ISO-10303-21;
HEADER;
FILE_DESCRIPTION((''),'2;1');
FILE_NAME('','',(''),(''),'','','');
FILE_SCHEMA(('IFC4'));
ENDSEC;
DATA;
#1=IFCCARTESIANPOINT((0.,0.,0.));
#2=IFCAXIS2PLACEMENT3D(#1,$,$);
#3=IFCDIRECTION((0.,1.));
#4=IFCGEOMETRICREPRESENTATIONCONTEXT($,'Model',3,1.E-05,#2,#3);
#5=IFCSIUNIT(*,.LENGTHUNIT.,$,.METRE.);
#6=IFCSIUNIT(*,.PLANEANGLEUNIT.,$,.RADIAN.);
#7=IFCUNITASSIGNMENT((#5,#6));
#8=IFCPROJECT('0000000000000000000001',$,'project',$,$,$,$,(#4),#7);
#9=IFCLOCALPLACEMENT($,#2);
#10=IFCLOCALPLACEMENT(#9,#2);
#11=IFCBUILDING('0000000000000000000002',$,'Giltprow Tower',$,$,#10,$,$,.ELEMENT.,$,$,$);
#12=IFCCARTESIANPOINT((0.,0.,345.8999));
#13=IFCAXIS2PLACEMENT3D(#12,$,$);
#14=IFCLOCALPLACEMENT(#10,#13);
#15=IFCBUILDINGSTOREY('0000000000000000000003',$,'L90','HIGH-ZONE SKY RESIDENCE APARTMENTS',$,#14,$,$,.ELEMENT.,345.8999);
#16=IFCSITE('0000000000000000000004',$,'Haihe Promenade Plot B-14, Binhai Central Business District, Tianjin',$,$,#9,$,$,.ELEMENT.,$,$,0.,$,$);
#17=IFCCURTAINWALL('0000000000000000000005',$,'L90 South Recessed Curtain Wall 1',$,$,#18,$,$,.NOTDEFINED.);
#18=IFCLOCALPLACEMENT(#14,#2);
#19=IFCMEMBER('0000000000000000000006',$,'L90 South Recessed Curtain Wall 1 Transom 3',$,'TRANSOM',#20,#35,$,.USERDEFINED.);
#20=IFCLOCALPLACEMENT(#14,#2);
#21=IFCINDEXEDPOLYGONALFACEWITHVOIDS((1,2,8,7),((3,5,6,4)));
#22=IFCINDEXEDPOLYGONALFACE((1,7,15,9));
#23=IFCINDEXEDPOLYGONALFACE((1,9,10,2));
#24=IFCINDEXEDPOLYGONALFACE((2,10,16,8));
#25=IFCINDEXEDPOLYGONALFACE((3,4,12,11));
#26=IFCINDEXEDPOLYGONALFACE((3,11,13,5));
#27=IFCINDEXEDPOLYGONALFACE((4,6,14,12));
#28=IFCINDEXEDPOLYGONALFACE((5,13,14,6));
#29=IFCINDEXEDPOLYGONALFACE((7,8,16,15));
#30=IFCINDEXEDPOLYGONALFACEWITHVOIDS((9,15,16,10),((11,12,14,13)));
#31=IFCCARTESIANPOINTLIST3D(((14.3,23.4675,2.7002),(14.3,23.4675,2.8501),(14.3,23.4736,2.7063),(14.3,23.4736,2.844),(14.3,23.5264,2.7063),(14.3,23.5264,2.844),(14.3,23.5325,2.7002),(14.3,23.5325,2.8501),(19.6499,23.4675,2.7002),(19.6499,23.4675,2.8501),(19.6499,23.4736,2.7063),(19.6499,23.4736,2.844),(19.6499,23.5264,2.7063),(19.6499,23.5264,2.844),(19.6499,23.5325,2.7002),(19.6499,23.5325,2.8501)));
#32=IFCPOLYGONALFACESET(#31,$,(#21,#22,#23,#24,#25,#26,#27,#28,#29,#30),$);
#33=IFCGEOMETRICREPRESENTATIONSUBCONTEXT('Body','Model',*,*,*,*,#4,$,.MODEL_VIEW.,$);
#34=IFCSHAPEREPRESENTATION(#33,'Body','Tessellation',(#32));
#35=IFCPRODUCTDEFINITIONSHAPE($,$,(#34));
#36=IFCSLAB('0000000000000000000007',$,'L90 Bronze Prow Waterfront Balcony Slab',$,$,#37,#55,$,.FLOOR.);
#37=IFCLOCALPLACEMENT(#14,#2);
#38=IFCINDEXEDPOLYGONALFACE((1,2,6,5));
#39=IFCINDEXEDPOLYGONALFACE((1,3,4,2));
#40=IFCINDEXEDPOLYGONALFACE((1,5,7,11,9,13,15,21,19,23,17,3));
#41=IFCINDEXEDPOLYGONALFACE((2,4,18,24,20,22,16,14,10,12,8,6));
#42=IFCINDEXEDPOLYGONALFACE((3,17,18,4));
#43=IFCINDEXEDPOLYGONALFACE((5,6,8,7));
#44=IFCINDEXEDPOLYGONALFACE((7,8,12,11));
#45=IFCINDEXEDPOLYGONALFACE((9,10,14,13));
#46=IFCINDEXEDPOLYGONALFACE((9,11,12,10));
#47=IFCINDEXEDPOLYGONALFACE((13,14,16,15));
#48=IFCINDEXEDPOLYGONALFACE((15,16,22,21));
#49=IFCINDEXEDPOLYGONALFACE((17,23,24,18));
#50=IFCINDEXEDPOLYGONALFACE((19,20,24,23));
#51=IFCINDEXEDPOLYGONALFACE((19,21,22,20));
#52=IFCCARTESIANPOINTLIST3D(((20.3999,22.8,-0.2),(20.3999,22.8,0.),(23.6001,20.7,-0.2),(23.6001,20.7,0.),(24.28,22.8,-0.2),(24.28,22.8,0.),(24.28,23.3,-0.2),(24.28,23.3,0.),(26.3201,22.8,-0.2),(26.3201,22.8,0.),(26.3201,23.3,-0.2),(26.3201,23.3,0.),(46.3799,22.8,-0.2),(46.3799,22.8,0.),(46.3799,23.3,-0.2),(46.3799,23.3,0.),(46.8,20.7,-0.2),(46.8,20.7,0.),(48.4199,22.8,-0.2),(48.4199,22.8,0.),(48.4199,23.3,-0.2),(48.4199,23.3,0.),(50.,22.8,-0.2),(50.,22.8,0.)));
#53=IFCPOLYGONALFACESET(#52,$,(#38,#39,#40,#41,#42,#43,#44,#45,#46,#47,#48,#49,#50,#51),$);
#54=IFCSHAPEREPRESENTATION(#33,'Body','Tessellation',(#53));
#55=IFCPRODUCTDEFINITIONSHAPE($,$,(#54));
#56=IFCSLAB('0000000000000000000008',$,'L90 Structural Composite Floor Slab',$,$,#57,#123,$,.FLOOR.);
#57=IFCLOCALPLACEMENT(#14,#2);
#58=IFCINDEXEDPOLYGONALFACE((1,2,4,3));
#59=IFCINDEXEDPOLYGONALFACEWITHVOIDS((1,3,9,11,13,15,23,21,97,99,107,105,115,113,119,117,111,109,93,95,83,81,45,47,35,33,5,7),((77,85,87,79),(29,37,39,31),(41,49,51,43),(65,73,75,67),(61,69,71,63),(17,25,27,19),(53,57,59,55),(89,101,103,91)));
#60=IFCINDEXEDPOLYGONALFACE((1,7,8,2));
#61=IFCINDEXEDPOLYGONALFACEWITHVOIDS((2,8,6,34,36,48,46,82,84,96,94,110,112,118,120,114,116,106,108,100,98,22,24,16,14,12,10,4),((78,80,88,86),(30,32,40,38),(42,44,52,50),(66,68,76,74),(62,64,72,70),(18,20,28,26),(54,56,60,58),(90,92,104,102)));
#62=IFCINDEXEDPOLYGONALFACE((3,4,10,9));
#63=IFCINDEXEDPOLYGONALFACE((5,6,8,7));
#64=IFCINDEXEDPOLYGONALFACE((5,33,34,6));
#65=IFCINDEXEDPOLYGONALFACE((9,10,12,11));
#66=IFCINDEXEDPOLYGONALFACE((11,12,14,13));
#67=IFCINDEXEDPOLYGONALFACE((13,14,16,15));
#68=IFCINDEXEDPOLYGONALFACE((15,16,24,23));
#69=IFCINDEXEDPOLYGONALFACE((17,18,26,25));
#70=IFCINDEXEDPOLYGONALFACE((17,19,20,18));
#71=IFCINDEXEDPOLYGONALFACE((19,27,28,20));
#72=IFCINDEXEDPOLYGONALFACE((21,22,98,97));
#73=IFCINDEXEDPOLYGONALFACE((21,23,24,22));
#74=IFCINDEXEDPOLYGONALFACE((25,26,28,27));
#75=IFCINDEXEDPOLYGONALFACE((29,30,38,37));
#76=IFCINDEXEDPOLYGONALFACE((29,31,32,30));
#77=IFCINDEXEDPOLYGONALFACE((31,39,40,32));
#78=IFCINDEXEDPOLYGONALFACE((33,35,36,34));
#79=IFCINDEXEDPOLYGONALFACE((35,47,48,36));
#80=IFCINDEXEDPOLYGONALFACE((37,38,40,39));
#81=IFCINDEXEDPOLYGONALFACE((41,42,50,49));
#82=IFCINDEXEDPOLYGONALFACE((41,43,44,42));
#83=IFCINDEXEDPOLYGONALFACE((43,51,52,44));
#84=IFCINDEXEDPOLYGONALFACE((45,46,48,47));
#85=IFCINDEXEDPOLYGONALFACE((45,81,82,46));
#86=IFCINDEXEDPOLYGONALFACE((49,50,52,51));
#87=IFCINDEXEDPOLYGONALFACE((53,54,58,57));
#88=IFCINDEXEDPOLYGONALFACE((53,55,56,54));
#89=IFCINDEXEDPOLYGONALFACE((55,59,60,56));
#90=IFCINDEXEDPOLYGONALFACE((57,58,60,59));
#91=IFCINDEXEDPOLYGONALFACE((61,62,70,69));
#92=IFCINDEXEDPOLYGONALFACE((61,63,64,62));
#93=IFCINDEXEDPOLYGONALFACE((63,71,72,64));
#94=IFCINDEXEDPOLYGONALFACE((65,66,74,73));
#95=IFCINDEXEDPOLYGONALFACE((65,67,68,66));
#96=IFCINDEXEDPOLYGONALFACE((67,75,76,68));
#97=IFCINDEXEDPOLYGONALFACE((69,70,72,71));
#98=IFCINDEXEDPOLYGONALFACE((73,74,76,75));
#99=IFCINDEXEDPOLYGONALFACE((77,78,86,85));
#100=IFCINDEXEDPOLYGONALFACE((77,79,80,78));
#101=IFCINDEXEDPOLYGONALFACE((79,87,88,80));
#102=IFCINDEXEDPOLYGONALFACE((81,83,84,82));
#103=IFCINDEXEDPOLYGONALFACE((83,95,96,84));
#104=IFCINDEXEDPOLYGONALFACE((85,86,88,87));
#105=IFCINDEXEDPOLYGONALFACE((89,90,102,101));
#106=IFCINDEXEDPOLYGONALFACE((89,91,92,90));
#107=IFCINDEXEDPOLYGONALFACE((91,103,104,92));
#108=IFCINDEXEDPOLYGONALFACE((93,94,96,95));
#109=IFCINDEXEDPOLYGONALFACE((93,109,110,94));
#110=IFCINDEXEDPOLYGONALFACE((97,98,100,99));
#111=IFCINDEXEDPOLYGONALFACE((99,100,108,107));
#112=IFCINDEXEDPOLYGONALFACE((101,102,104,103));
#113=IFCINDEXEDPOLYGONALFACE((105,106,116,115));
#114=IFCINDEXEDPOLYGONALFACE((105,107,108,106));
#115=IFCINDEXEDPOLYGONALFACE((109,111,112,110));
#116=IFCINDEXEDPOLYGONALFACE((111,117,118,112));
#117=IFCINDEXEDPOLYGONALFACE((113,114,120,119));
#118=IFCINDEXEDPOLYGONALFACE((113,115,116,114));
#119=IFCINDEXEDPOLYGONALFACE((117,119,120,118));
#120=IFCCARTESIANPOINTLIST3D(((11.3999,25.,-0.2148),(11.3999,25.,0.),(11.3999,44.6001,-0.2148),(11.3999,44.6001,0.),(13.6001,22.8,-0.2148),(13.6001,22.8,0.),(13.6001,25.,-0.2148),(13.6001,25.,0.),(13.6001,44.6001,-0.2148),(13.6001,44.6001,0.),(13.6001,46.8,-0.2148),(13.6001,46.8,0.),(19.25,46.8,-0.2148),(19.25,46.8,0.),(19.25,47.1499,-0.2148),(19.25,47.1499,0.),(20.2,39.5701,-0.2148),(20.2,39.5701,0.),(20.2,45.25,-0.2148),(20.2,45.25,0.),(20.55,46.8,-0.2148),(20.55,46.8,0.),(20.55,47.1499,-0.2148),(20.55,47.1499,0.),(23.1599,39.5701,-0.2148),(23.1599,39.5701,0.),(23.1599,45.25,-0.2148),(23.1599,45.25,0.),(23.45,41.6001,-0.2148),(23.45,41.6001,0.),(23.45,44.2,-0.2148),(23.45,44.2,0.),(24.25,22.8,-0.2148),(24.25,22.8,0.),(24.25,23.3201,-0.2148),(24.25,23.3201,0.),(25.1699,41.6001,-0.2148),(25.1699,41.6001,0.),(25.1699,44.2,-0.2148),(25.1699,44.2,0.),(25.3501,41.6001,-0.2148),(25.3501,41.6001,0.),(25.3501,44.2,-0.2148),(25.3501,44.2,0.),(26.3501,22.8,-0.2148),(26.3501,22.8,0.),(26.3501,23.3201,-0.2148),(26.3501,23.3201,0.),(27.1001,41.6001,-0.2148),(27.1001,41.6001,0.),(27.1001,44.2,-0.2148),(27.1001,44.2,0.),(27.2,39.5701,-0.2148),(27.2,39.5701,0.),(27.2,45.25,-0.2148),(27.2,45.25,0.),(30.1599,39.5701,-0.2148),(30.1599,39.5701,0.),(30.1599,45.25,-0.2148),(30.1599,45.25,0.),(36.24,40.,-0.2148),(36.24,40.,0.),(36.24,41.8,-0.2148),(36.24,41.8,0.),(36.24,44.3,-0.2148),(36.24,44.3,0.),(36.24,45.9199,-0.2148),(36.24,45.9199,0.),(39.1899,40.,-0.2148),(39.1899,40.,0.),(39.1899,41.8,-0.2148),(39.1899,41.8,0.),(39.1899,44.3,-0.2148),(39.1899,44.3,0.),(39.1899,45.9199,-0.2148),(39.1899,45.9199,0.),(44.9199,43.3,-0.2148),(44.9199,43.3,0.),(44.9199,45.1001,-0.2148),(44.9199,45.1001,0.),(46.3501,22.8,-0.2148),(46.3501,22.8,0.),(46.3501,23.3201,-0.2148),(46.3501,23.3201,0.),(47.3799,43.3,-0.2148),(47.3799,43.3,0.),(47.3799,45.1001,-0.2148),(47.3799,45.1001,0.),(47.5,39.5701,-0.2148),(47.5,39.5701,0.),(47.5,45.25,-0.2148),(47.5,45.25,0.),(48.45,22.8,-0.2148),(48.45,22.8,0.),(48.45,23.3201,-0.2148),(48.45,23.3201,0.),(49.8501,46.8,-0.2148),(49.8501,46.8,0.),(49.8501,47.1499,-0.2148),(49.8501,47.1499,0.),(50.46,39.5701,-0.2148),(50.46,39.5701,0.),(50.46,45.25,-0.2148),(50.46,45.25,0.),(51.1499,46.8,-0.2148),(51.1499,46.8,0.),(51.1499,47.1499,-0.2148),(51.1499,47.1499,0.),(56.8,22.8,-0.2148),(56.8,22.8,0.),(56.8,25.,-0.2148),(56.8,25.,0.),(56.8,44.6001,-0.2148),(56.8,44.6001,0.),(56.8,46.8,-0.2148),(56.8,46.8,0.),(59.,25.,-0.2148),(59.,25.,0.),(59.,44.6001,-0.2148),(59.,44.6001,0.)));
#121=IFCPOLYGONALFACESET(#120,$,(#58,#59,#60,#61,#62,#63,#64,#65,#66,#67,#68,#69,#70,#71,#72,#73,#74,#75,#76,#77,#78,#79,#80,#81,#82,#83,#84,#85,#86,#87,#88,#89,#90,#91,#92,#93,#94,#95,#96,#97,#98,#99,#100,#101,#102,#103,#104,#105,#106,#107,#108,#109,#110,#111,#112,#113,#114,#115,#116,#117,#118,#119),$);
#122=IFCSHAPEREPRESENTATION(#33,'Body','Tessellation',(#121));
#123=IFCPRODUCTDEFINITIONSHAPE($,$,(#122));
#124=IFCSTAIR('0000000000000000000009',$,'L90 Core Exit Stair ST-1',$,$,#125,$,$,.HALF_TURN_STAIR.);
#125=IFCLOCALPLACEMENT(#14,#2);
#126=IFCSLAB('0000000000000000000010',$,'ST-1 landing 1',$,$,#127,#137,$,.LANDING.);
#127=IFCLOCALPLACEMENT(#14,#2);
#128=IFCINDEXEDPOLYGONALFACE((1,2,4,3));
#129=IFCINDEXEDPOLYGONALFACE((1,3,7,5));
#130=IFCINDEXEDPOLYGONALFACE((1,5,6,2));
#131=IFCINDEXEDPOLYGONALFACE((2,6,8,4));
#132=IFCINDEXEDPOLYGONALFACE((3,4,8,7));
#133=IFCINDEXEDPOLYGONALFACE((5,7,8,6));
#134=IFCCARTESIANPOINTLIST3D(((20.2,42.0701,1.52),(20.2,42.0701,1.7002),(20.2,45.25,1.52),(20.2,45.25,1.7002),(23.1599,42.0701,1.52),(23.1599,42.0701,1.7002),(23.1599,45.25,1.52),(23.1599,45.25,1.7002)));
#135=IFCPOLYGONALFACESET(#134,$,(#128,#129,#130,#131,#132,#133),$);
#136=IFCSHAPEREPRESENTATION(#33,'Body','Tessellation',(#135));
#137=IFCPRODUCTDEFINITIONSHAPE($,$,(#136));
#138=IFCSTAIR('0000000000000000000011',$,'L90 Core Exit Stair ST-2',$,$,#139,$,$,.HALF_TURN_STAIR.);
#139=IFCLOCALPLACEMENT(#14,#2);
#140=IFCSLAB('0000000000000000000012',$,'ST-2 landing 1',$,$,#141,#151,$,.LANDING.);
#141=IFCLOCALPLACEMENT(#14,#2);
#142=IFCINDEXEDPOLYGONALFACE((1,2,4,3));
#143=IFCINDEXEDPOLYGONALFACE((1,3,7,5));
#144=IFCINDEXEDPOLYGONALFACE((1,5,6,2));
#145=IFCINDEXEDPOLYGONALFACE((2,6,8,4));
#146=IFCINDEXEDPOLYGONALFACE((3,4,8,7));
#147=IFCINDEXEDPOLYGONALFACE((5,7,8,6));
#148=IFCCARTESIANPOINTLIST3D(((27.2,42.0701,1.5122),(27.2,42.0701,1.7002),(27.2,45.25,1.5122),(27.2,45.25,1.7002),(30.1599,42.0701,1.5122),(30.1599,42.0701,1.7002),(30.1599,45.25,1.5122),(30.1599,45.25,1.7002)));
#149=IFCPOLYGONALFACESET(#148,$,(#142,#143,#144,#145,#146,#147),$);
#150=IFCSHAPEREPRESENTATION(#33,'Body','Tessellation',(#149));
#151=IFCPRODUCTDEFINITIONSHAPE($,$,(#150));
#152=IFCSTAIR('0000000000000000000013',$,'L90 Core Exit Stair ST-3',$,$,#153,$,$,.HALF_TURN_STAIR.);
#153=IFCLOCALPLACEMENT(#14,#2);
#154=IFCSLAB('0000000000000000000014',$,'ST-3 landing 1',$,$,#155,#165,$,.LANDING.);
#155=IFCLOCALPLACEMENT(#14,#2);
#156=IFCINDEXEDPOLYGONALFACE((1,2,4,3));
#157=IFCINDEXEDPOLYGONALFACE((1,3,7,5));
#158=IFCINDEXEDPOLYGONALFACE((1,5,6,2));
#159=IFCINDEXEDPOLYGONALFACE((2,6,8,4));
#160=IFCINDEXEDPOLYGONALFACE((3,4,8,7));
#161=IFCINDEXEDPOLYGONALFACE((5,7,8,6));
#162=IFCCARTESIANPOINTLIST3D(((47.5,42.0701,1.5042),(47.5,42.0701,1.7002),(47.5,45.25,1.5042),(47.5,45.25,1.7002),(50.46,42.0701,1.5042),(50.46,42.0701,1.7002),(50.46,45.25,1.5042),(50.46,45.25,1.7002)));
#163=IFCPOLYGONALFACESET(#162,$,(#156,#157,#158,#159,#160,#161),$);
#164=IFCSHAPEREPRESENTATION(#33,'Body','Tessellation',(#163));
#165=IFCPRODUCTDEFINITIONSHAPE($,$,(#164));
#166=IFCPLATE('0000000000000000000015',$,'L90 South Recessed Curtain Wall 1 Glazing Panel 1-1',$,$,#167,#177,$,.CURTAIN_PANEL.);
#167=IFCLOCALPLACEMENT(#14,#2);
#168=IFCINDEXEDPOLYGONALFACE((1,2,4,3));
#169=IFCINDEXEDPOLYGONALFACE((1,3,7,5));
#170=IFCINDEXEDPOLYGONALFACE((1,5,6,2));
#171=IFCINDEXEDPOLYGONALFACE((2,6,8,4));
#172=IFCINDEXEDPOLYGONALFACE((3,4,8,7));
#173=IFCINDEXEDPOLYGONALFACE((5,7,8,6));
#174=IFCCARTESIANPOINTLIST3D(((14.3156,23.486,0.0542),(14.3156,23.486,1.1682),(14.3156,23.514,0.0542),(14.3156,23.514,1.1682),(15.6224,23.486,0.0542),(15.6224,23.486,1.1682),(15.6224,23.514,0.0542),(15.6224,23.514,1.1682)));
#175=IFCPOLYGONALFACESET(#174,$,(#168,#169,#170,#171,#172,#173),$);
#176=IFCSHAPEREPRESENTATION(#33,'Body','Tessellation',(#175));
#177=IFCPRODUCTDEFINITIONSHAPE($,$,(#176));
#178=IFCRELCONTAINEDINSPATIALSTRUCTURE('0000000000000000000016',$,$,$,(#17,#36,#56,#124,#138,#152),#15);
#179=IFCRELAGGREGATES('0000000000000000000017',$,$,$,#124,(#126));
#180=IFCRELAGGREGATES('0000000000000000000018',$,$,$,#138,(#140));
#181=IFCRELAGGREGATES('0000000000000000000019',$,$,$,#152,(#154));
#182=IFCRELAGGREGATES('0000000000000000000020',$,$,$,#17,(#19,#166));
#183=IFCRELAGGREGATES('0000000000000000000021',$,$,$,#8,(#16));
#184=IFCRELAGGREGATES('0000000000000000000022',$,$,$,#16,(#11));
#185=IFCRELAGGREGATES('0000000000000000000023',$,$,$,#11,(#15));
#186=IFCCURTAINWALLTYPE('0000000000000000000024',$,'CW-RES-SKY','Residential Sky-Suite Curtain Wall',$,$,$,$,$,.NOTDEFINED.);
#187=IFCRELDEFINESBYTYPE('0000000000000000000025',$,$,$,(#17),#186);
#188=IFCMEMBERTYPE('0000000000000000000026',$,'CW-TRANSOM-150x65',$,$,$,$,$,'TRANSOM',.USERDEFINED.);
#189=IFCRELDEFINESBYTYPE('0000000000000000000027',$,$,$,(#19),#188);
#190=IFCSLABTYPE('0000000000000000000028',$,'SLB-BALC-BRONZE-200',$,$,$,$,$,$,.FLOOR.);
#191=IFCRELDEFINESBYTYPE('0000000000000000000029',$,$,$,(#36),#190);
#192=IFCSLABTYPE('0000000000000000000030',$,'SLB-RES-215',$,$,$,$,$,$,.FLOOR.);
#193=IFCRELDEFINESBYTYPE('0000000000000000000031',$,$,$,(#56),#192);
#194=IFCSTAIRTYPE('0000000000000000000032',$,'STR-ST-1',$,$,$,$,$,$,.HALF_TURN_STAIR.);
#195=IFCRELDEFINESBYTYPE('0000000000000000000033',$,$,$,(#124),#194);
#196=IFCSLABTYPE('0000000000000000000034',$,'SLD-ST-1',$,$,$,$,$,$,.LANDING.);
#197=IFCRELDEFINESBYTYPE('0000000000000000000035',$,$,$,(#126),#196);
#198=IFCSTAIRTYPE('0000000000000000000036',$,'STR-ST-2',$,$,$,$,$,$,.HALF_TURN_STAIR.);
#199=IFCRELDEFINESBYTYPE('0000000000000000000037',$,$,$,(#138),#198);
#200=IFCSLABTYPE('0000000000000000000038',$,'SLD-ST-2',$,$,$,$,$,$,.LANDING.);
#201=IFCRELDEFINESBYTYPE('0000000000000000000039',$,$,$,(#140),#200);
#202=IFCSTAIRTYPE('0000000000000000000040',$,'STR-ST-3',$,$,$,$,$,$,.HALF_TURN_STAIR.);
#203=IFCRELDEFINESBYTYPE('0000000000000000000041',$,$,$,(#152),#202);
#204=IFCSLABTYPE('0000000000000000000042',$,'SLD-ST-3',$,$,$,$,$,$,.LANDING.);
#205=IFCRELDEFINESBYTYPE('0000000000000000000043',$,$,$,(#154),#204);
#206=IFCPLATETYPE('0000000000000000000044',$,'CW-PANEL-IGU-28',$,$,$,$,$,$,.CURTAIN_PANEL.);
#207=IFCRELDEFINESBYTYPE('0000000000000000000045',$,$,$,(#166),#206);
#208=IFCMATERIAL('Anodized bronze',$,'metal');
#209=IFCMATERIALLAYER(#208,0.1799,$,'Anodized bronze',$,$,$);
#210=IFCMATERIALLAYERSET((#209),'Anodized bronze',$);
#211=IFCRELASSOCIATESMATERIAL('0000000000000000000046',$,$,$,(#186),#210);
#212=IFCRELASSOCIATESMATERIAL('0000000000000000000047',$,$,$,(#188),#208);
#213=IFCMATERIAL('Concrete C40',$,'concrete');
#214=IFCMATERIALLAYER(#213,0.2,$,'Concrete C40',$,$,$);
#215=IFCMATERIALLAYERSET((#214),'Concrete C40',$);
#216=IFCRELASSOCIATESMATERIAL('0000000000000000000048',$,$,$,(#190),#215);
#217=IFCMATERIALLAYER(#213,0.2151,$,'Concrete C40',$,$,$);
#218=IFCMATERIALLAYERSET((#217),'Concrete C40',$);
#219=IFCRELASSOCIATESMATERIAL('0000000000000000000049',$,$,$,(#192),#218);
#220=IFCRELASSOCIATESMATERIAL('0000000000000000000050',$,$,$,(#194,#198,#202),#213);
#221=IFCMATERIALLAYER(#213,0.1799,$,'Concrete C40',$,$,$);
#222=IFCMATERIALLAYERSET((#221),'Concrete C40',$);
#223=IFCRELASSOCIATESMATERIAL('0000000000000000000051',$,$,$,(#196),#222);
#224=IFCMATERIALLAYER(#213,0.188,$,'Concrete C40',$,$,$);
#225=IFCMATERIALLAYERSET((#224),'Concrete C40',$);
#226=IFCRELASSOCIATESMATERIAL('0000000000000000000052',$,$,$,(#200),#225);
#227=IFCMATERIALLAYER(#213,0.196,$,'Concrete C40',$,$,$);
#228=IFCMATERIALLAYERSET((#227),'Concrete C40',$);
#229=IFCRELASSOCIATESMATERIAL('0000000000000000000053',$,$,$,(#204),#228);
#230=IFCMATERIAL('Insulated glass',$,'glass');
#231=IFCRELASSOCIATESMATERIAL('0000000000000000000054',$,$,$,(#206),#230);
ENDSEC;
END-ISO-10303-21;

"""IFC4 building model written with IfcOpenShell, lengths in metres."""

from ifc_helpers import new_model, si_unit, direction, frame, origin, origin_2d, place, context, subcontext, project, spatial, polyline, rectangle, hollow_rectangle, outline, extrude, source, transform, mapped, material, layer, layer_set, material_profile, profile_set, type_object, element, aggregate, save


model = new_model("IFC4")

# Units and contexts
model_context = context("Model", 3, precision=1e-05, world=origin(), true_north=direction((0.0, 1.0)))
body_context = subcontext(model_context, "Body", "Model", "MODEL_VIEW")
ifc_project = project(units=[si_unit("LENGTHUNIT", "METRE"), si_unit("PLANEANGLEUNIT", "RADIAN")], contexts=[model_context])

# Site, building, storey
site_placement = place(None, origin())
site = spatial("IfcSite", under=ifc_project, at=site_placement, Name="Haihe Promenade Plot B-14, Binhai Central Business District, Tianjin", CompositionType="ELEMENT", RefElevation=0.0)
building_placement = place(site_placement, origin())
building = spatial("IfcBuilding", under=site, at=building_placement, Name="Giltprow Tower", CompositionType="ELEMENT")
storey_placement = place(building_placement, frame((0.0, 0.0, 345.8999)))
storey = spatial("IfcBuildingStorey", under=building, at=storey_placement, Name="L90", Description="HIGH-ZONE SKY RESIDENCE APARTMENTS", CompositionType="ELEMENT", Elevation=345.8999)

# Curtain wall, member
ifc_material_1 = material(Name="Anodized bronze", Category="metal")
ifc_layer_1 = layer(ifc_material_1, 0.1799, Name="Anodized bronze")
ifc_layer_set_1 = layer_set([ifc_layer_1], Name="Anodized bronze")
curtain_wall_type = type_object("IfcCurtainWallType", Name="CW-RES-SKY", Description="Residential Sky-Suite Curtain Wall", PredefinedType="NOTDEFINED", material=ifc_layer_set_1)
curtain_wall_placement = place(storey_placement, origin())
curtain_wall = element("IfcCurtainWall", 1, at=curtain_wall_placement, inside=storey, type_object=curtain_wall_type, Name="L90 South Recessed Curtain Wall 1", PredefinedType="NOTDEFINED")
ifc_material_profile_1 = material_profile(ifc_material_1, hollow_rectangle(XDim=0.0649, YDim=0.1499, WallThickness=0.0061, at=origin_2d()), Name="RHS 150x65x6")
ifc_profile_set_1 = profile_set([ifc_material_profile_1], Name="Anodized bronze")
member_type_1 = type_object("IfcMemberType", Name="CW-TRANSOM-150x65", ElementType="TRANSOM", PredefinedType="USERDEFINED", material=ifc_profile_set_1)
shared_shape_1 = source(origin(), body_context, "Body", "SweptSolid", [
    extrude(hollow_rectangle(XDim=0.0649, YDim=0.1499, WallThickness=0.0061, at=origin_2d()), origin(), (0.0, 0.0, 1.0), 5.3499),
])
member_1_placement = place(storey_placement, frame((14.3, 23.5, 2.7751), z_axis=(1.0, 0.0, 0.0), x_axis=(0.0, 1.0, 0.0)))
member_1 = element("IfcMember", 2, at=member_1_placement, type_object=member_type_1, Name="L90 South Recessed Curtain Wall 1 Transom 3", ObjectType="TRANSOM", PredefinedType="USERDEFINED", context=body_context, shape_type="MappedRepresentation", body=[
    mapped(shared_shape_1, transform((0.0, 0.0, 0.0), x_axis=(1.0, 0.0, 0.0), y_axis=(0.0, 1.0, 0.0), z_axis=(0.0, 0.0, 1.0), scale=1.0)),
])

# Slabs
ifc_material_2 = material(Name="Concrete C40", Category="concrete")
ifc_layer_2 = layer(ifc_material_2, 0.2, Name="Concrete C40")
ifc_layer_set_2 = layer_set([ifc_layer_2], Name="Concrete C40")
slab_type_1 = type_object("IfcSlabType", Name="SLB-BALC-BRONZE-200", PredefinedType="FLOOR", material=ifc_layer_set_2)
slab_1_placement = place(storey_placement, frame((0.0, 0.0, -0.2)))
element("IfcSlab", 3, at=slab_1_placement, inside=storey, type_object=slab_type_1, Name="L90 Bronze Prow Waterfront Balcony Slab", PredefinedType="FLOOR", context=body_context, shape_type="SweptSolid", body=[
    extrude(outline(polyline([(50.0, 22.8), (46.8, 20.7), (23.6001, 20.7), (20.3999, 22.8), (24.28, 22.8), (24.28, 23.3), (26.3201, 23.3), (26.3201, 22.8), (46.3799, 22.8), (46.3799, 23.3), (48.4199, 23.3), (48.4199, 22.8), (50.0, 22.8)])), origin(), (0.0, 0.0, 1.0), 0.2),
])
ifc_layer_3 = layer(ifc_material_2, 0.2151, Name="Concrete C40")
ifc_layer_set_3 = layer_set([ifc_layer_3], Name="Concrete C40")
slab_type_2 = type_object("IfcSlabType", Name="SLB-RES-215", PredefinedType="FLOOR", material=ifc_layer_set_3)
slab_2_placement = place(storey_placement, frame((0.0, 0.0, -0.2148)))
element("IfcSlab", 4, at=slab_2_placement, inside=storey, type_object=slab_type_2, Name="L90 Structural Composite Floor Slab", PredefinedType="FLOOR", context=body_context, shape_type="SweptSolid", body=[
    extrude(outline(polyline([(59.0, 44.6001), (59.0, 25.0), (56.8, 25.0), (56.8, 22.8), (48.45, 22.8), (48.45, 23.3201), (46.3501, 23.3201), (46.3501, 22.8), (26.3501, 22.8), (26.3501, 23.3201), (24.25, 23.3201), (24.25, 22.8), (13.6001, 22.8), (13.6001, 25.0), (11.3999, 25.0), (11.3999, 44.6001), (13.6001, 44.6001), (13.6001, 46.8), (19.25, 46.8), (19.25, 47.1499), (20.55, 47.1499), (20.55, 46.8), (49.8501, 46.8), (49.8501, 47.1499), (51.1499, 47.1499), (51.1499, 46.8), (56.8, 46.8), (56.8, 44.6001), (59.0, 44.6001)]), holes=[polyline([(39.1899, 41.8), (36.24, 41.8), (36.24, 40.0), (39.1899, 40.0), (39.1899, 41.8)]), polyline([(23.1599, 39.5701), (23.1599, 45.25), (20.2, 45.25), (20.2, 39.5701), (23.1599, 39.5701)]), polyline([(30.1599, 39.5701), (30.1599, 45.25), (27.2, 45.25), (27.2, 39.5701), (30.1599, 39.5701)]), polyline([(50.46, 45.25), (47.5, 45.25), (47.5, 39.5701), (50.46, 39.5701), (50.46, 45.25)]), polyline([(25.1699, 44.2), (23.45, 44.2), (23.45, 41.6001), (25.1699, 41.6001), (25.1699, 44.2)]), polyline([(27.1001, 44.2), (25.3501, 44.2), (25.3501, 41.6001), (27.1001, 41.6001), (27.1001, 44.2)]), polyline([(47.3799, 43.3), (47.3799, 45.1001), (44.9199, 45.1001), (44.9199, 43.3), (47.3799, 43.3)]), polyline([(39.1899, 44.3), (39.1899, 45.9199), (36.24, 45.9199), (36.24, 44.3), (39.1899, 44.3)])]), origin(), (0.0, 0.0, 1.0), 0.2148),
])

# Stairs, slabs
stair_type_1 = type_object("IfcStairType", Name="STR-ST-1", PredefinedType="HALF_TURN_STAIR", material=ifc_material_2)
stair_1_placement = place(storey_placement, origin())
stair_1 = element("IfcStair", 5, at=stair_1_placement, inside=storey, type_object=stair_type_1, Name="L90 Core Exit Stair ST-1", PredefinedType="HALF_TURN_STAIR")
ifc_layer_4 = layer(ifc_material_2, 0.1799, Name="Concrete C40")
ifc_layer_set_4 = layer_set([ifc_layer_4], Name="Concrete C40")
slab_type_3 = type_object("IfcSlabType", Name="SLD-ST-1", PredefinedType="LANDING", material=ifc_layer_set_4)
slab_3_placement = place(storey_placement, frame((0.0, 0.0, 1.52)))
slab_3 = element("IfcSlab", 6, at=slab_3_placement, type_object=slab_type_3, Name="ST-1 landing 1", PredefinedType="LANDING", context=body_context, shape_type="SweptSolid", body=[
    extrude(outline(polyline([(23.1599, 42.0701), (23.1599, 45.25), (20.2, 45.25), (20.2, 42.0701), (23.1599, 42.0701)])), origin(), (0.0, 0.0, 1.0), 0.1802),
])
aggregate(stair_1, [slab_3])
stair_type_2 = type_object("IfcStairType", Name="STR-ST-2", PredefinedType="HALF_TURN_STAIR", material=ifc_material_2)
stair_2_placement = place(storey_placement, origin())
stair_2 = element("IfcStair", 7, at=stair_2_placement, inside=storey, type_object=stair_type_2, Name="L90 Core Exit Stair ST-2", PredefinedType="HALF_TURN_STAIR")
ifc_layer_5 = layer(ifc_material_2, 0.188, Name="Concrete C40")
ifc_layer_set_5 = layer_set([ifc_layer_5], Name="Concrete C40")
slab_type_4 = type_object("IfcSlabType", Name="SLD-ST-2", PredefinedType="LANDING", material=ifc_layer_set_5)
slab_4_placement = place(storey_placement, frame((0.0, 0.0, 1.5122)))
slab_4 = element("IfcSlab", 8, at=slab_4_placement, type_object=slab_type_4, Name="ST-2 landing 1", PredefinedType="LANDING", context=body_context, shape_type="SweptSolid", body=[
    extrude(outline(polyline([(30.1599, 42.0701), (30.1599, 45.25), (27.2, 45.25), (27.2, 42.0701), (30.1599, 42.0701)])), origin(), (0.0, 0.0, 1.0), 0.188),
])
aggregate(stair_2, [slab_4])
stair_type_3 = type_object("IfcStairType", Name="STR-ST-3", PredefinedType="HALF_TURN_STAIR", material=ifc_material_2)
stair_3_placement = place(storey_placement, origin())
stair_3 = element("IfcStair", 9, at=stair_3_placement, inside=storey, type_object=stair_type_3, Name="L90 Core Exit Stair ST-3", PredefinedType="HALF_TURN_STAIR")
ifc_layer_6 = layer(ifc_material_2, 0.196, Name="Concrete C40")
ifc_layer_set_6 = layer_set([ifc_layer_6], Name="Concrete C40")
slab_type_5 = type_object("IfcSlabType", Name="SLD-ST-3", PredefinedType="LANDING", material=ifc_layer_set_6)
slab_5_placement = place(storey_placement, frame((0.0, 0.0, 1.5042)))
slab_5 = element("IfcSlab", 10, at=slab_5_placement, type_object=slab_type_5, Name="ST-3 landing 1", PredefinedType="LANDING", context=body_context, shape_type="SweptSolid", body=[
    extrude(outline(polyline([(50.46, 42.0701), (50.46, 45.25), (47.5, 45.25), (47.5, 42.0701), (50.46, 42.0701)])), origin(), (0.0, 0.0, 1.0), 0.196),
])
aggregate(stair_3, [slab_5])

# Plate
ifc_material_3 = material(Name="Insulated glass", Category="glass")
plate_type = type_object("IfcPlateType", Name="CW-PANEL-IGU-28", PredefinedType="CURTAIN_PANEL", material=ifc_material_3)
shared_shape_2 = source(origin(), body_context, "Body", "SweptSolid", [
    extrude(rectangle(XDim=1.3069, YDim=0.0281, at=origin_2d()), origin(), (0.0, 0.0, 1.0), 1.114),
])
plate_1_placement = place(storey_placement, frame((14.969, 23.5, 0.0542), z_axis=(0.0, 0.0, 1.0), x_axis=(1.0, 0.0, 0.0)))
plate_1 = element("IfcPlate", 11, at=plate_1_placement, type_object=plate_type, Name="L90 South Recessed Curtain Wall 1 Glazing Panel 1-1", PredefinedType="CURTAIN_PANEL", context=body_context, shape_type="MappedRepresentation", body=[
    mapped(shared_shape_2, transform((0.0, 0.0, 0.0), x_axis=(1.0, 0.0, 0.0), y_axis=(0.0, 1.0, 0.0), z_axis=(0.0, 0.0, 1.0), scale=1.0)),
])
aggregate(curtain_wall, [member_1, plate_1])

save(model, "model.ifc")
